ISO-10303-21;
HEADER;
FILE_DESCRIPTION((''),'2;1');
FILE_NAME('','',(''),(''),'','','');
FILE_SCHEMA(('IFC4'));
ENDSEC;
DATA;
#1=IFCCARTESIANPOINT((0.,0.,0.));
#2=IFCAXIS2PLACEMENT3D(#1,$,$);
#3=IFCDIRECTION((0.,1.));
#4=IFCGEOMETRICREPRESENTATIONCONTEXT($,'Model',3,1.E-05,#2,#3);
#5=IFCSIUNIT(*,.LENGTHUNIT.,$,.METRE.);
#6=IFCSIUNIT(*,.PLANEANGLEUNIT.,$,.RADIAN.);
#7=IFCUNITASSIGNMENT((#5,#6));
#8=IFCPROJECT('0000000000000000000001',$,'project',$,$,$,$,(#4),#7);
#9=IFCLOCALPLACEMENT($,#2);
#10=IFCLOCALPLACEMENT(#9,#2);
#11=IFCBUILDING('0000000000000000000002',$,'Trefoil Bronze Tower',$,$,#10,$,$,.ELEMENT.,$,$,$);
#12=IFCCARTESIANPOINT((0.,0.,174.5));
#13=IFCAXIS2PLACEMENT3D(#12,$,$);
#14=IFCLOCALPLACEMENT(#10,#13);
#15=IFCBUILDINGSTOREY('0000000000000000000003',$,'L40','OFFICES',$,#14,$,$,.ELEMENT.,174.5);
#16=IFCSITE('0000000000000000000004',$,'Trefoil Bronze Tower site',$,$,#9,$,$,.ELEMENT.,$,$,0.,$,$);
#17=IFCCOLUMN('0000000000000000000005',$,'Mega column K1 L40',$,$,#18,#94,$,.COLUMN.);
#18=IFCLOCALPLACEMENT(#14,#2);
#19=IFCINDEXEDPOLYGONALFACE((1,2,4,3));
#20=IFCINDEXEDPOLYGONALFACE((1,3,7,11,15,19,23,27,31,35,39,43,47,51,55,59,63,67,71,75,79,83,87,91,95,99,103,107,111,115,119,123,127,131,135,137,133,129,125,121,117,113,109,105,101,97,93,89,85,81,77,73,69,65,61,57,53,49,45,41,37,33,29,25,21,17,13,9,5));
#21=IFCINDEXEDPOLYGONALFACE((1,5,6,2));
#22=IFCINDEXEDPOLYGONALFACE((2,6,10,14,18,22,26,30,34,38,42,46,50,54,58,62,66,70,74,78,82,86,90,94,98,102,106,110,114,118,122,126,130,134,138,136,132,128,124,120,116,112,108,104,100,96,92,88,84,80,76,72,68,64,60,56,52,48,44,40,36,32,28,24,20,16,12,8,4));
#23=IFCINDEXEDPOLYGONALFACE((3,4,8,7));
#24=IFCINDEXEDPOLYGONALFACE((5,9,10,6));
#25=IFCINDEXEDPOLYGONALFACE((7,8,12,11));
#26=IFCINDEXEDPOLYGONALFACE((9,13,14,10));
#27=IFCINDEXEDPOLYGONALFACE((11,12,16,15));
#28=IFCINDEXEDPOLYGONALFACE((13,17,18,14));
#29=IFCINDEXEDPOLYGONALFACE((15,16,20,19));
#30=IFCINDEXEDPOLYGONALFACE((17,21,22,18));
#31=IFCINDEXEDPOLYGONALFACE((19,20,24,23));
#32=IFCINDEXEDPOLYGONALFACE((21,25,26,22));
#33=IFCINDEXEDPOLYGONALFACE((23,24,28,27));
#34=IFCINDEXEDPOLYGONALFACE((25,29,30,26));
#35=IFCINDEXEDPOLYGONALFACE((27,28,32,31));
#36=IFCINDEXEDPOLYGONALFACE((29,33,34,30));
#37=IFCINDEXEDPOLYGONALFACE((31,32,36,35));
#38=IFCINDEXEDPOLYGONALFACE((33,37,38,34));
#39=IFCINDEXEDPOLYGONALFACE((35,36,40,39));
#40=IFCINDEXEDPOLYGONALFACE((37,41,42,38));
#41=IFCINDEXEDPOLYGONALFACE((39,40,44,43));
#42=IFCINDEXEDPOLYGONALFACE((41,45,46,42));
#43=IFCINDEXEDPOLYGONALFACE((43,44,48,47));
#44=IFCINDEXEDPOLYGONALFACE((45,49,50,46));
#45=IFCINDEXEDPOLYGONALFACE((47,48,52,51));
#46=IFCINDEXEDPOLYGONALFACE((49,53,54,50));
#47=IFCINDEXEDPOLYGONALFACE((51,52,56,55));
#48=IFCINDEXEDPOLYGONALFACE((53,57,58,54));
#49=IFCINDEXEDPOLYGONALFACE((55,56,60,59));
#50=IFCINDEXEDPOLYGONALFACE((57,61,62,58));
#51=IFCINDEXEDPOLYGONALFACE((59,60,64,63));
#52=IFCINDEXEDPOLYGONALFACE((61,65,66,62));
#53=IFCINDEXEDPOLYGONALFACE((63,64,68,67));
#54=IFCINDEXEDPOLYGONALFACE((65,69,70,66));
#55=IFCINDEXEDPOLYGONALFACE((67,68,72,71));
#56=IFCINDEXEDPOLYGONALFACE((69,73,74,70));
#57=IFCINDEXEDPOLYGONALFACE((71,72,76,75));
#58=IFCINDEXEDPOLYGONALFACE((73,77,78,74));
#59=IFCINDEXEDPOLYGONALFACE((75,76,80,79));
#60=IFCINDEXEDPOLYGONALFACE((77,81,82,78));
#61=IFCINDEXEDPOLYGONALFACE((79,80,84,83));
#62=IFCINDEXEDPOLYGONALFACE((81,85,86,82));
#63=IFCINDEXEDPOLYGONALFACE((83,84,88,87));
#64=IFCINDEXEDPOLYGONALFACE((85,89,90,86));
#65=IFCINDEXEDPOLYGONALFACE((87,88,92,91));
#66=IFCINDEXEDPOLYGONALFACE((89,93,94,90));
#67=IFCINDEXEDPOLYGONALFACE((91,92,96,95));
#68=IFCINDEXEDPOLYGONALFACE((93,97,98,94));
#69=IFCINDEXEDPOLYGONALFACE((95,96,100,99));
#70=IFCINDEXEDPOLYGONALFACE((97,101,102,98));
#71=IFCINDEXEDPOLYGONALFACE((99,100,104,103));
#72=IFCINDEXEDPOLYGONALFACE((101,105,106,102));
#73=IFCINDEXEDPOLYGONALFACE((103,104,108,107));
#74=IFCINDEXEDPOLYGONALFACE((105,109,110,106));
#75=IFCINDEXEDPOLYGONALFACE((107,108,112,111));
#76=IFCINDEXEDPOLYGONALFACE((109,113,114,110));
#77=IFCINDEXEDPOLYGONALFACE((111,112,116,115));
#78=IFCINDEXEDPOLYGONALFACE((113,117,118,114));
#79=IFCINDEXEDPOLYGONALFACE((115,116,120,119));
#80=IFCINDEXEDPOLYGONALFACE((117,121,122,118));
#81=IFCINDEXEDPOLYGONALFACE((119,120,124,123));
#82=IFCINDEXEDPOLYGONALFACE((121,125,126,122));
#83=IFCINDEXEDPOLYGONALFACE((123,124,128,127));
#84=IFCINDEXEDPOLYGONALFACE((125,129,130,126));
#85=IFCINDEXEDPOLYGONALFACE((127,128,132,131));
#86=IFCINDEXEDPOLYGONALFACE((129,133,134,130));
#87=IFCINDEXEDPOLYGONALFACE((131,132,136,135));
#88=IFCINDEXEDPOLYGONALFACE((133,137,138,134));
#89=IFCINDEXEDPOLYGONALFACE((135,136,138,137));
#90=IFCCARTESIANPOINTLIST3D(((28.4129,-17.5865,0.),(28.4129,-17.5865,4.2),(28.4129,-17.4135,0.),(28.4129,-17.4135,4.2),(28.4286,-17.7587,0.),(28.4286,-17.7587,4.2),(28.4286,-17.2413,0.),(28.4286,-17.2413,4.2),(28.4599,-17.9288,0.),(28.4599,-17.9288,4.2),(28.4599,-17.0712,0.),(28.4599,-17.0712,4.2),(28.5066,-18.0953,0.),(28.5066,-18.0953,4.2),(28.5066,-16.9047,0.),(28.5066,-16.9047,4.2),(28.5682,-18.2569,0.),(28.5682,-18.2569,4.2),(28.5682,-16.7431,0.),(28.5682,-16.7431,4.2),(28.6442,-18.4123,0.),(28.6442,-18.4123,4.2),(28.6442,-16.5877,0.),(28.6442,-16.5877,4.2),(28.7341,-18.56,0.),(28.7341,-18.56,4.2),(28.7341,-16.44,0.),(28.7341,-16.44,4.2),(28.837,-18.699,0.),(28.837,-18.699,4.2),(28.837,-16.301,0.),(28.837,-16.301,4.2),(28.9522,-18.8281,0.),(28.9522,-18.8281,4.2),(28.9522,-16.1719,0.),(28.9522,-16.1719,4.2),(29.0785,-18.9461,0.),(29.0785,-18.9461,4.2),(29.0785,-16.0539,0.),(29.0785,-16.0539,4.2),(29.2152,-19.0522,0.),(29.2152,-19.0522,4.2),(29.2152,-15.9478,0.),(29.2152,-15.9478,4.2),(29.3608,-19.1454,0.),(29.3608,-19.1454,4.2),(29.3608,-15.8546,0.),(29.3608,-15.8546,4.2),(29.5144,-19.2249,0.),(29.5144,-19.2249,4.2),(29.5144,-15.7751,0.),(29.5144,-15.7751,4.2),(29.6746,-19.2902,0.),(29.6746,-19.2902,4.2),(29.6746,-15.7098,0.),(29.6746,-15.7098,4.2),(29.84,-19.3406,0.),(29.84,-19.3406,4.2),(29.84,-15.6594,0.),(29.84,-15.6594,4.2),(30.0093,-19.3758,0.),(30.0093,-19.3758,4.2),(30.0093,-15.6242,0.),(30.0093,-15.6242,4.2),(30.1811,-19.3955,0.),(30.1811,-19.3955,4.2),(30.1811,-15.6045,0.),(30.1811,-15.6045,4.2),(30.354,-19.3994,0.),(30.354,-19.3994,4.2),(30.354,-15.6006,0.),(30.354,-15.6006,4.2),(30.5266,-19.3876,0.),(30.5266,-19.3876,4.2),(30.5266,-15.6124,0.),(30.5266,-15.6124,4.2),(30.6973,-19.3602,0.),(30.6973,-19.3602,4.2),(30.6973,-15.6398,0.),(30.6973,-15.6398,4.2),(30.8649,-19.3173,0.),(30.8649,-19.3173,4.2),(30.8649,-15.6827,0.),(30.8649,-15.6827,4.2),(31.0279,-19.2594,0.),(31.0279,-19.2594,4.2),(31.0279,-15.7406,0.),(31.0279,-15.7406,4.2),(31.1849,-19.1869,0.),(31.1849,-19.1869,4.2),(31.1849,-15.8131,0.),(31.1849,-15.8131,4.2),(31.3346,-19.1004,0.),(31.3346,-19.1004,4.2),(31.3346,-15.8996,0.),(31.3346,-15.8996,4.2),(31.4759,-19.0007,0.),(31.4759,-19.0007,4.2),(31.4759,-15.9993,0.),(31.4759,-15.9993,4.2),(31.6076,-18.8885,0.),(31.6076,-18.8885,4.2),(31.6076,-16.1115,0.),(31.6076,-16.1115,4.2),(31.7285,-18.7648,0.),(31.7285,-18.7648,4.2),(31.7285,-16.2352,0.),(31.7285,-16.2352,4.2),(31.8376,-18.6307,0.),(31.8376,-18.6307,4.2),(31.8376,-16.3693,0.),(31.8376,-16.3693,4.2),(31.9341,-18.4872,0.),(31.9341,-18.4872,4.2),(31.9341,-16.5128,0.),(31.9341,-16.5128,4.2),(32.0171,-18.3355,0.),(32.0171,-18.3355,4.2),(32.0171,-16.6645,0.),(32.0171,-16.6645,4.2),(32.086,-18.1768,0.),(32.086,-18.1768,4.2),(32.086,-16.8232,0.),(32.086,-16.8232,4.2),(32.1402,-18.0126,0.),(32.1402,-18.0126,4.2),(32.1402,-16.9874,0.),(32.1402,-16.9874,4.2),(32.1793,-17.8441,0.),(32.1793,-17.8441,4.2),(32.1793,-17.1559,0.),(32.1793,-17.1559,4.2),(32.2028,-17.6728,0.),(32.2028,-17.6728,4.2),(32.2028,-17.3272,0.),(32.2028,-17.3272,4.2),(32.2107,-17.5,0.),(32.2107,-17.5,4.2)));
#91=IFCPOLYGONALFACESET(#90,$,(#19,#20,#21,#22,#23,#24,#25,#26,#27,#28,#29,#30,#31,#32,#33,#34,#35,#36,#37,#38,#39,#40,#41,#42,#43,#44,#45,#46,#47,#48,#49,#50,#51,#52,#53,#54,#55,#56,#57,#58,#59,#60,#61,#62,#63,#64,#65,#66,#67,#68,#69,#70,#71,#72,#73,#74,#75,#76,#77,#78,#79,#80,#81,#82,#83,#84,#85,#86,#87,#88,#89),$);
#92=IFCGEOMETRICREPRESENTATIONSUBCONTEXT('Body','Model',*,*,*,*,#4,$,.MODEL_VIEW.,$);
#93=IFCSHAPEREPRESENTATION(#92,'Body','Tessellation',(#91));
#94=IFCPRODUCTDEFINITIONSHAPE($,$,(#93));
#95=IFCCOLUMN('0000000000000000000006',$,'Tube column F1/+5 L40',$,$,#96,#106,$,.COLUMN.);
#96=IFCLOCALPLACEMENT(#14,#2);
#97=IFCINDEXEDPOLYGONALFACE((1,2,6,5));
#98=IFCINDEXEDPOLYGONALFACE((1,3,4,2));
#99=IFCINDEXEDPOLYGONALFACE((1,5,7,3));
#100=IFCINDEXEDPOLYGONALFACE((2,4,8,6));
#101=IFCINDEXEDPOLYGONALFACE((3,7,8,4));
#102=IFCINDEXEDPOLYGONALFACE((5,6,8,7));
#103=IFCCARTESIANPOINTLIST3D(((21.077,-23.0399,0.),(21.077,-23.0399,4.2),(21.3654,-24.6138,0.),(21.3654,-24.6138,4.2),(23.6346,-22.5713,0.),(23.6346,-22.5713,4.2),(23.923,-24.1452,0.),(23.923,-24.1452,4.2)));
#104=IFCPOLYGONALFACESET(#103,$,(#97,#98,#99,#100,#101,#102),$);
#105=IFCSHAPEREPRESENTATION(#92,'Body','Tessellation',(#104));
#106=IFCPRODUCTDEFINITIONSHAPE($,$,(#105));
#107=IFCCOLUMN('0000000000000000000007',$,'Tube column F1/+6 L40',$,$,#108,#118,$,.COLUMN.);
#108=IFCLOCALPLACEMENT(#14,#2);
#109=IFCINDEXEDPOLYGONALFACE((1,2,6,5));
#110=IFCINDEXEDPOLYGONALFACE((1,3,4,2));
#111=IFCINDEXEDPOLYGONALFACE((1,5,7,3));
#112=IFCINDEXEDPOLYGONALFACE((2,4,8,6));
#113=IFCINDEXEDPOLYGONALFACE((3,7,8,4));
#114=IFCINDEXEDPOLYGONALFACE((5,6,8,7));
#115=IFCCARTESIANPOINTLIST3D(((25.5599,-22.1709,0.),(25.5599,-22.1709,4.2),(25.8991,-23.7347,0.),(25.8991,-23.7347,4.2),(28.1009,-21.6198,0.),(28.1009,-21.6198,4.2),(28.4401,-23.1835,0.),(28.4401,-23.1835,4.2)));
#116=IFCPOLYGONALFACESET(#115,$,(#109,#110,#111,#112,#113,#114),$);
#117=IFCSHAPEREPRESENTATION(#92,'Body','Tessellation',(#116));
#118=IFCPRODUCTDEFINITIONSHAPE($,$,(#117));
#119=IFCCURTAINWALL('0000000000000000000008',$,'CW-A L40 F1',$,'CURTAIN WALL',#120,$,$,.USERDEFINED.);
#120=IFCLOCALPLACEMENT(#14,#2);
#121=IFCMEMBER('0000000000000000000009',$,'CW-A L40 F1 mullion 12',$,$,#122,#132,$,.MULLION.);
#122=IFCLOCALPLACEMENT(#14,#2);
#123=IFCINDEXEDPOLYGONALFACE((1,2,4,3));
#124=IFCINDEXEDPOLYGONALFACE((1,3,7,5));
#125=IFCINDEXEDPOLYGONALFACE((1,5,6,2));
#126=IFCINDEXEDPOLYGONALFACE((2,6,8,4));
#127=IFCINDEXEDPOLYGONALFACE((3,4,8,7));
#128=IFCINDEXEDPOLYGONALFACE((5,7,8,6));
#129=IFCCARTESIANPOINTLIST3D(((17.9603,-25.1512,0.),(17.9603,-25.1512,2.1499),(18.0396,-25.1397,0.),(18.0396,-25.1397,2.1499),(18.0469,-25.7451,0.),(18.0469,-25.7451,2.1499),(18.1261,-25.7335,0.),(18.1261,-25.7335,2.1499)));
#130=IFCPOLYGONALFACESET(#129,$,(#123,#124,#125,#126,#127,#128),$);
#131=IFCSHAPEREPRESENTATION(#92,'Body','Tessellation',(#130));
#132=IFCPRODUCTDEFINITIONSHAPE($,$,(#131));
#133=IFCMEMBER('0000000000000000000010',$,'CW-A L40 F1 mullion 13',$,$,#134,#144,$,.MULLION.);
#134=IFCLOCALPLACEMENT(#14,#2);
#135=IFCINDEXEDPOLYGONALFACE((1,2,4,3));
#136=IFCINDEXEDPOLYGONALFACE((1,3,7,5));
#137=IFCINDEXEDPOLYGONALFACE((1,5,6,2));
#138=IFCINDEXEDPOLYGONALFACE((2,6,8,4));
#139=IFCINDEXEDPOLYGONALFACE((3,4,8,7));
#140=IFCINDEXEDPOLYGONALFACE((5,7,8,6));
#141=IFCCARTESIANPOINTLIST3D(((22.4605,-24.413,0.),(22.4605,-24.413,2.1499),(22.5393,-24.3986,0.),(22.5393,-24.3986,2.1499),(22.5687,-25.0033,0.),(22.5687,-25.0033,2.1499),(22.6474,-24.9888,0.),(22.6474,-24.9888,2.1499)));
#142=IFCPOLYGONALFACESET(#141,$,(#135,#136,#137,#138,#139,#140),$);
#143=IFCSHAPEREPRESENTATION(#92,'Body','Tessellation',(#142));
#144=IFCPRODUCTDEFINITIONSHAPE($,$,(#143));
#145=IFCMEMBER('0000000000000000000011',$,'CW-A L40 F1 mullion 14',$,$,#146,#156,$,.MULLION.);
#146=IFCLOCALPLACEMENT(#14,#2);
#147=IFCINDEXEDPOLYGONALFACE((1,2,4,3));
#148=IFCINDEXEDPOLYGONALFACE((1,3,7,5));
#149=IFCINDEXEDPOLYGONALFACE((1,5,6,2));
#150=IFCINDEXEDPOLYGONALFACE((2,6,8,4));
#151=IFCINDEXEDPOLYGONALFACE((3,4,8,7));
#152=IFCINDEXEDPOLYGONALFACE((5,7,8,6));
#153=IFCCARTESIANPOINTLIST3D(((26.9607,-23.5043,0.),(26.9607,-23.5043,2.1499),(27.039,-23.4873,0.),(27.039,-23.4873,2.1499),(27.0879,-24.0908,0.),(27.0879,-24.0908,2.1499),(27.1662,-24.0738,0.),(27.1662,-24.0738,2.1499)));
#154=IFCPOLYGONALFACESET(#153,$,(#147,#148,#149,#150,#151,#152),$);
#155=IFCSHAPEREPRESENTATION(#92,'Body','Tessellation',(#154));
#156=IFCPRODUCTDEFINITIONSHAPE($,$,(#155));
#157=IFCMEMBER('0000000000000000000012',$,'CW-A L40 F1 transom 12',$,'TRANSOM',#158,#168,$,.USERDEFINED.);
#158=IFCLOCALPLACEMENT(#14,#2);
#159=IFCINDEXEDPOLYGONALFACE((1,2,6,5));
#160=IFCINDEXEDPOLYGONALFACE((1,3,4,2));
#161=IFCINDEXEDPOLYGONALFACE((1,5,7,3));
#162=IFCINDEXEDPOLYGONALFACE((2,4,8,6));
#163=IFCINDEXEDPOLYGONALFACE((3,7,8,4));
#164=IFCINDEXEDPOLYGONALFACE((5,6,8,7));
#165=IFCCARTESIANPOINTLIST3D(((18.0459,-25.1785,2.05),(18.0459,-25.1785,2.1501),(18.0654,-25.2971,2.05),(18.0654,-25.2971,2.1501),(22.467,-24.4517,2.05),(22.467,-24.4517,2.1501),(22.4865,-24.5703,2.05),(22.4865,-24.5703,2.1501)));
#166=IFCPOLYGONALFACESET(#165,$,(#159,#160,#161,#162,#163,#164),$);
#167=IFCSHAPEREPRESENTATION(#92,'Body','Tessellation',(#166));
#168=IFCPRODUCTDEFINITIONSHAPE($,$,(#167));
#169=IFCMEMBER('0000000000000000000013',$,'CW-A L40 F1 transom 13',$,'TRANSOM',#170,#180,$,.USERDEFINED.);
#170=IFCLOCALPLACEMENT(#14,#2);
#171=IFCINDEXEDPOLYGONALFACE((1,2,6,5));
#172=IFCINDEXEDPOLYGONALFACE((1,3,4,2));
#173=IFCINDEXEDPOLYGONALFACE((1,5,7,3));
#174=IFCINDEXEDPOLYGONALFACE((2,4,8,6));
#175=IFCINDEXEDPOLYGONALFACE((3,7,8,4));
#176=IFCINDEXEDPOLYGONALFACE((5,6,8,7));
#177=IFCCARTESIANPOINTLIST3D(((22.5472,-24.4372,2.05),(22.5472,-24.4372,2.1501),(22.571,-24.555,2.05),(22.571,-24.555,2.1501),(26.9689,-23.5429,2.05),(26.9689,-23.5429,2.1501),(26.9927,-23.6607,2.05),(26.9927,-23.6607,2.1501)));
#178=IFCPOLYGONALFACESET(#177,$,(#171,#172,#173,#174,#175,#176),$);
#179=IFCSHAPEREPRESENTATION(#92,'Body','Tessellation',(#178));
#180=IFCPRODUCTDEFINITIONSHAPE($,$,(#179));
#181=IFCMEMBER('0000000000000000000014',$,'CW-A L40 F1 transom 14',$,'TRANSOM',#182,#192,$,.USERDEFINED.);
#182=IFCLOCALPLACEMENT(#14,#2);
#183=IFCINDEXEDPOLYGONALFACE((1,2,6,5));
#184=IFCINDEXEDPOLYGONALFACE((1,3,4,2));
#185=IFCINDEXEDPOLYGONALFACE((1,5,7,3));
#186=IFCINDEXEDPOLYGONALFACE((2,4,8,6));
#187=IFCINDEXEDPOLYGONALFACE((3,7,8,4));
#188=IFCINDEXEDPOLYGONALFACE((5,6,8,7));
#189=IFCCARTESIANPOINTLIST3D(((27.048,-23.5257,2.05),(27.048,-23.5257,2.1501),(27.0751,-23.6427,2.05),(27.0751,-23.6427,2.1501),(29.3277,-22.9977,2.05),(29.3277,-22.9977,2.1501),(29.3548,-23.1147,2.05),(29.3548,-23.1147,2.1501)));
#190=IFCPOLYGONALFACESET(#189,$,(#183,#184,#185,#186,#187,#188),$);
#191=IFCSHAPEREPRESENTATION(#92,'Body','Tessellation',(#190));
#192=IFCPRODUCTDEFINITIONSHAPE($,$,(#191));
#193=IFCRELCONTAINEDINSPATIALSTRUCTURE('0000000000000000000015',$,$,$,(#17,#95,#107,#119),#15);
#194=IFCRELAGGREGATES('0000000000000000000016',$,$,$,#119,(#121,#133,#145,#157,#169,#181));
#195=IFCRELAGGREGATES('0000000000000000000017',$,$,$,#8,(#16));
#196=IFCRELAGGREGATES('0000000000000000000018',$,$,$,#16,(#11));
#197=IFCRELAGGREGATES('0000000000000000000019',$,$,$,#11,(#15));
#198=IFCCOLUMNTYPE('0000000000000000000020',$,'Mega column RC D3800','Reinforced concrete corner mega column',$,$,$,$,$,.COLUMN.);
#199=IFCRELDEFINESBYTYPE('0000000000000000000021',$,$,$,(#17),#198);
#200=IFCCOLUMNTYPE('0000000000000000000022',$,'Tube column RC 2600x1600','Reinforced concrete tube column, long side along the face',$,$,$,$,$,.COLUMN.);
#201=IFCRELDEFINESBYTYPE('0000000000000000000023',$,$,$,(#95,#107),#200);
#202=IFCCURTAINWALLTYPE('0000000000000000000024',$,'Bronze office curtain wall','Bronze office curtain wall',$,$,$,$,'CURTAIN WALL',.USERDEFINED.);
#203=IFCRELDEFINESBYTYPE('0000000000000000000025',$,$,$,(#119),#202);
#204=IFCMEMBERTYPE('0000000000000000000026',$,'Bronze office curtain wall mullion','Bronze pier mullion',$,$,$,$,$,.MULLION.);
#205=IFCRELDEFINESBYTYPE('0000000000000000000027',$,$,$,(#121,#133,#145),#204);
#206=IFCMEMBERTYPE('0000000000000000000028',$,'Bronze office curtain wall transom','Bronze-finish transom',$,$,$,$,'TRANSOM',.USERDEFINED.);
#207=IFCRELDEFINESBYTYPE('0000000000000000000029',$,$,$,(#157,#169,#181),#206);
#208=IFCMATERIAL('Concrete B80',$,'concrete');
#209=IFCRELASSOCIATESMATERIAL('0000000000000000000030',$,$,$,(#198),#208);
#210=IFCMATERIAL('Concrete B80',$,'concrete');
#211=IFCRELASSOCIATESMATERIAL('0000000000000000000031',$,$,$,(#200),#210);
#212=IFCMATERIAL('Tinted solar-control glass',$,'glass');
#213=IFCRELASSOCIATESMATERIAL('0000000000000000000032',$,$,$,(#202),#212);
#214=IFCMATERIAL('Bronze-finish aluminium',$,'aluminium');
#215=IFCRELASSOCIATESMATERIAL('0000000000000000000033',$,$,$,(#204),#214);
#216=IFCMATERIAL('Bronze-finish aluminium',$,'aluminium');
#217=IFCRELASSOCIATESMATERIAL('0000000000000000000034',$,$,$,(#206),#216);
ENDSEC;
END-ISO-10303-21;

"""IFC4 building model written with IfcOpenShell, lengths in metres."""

from ifc_helpers import new_model, si_unit, direction, frame, origin, origin_2d, place, context, subcontext, project, spatial, rectangle, circle, extrude, material, material_profile, profile_set, type_object, element, aggregate, save


model = new_model("IFC4")

# Units and contexts
model_context = context("Model", 3, precision=1e-05, world=origin(), true_north=direction((0.0, 1.0)))
body_context = subcontext(model_context, "Body", "Model", "MODEL_VIEW")
ifc_project = project(units=[si_unit("LENGTHUNIT", "METRE"), si_unit("PLANEANGLEUNIT", "RADIAN")], contexts=[model_context])

# Site, building, storey
site_placement = place(None, origin())
site = spatial("IfcSite", under=ifc_project, at=site_placement, Name="Trefoil Bronze Tower site", CompositionType="ELEMENT", RefElevation=0.0)
building_placement = place(site_placement, origin())
building = spatial("IfcBuilding", under=site, at=building_placement, Name="Trefoil Bronze Tower", CompositionType="ELEMENT")
storey_placement = place(building_placement, frame((0.0, 0.0, 174.5)))
storey = spatial("IfcBuildingStorey", under=building, at=storey_placement, Name="L40", Description="OFFICES", CompositionType="ELEMENT", Elevation=174.5)

# Columns
ifc_material_1 = material(Name="Concrete B80", Category="concrete")
ifc_material_profile_1 = material_profile(ifc_material_1, circle(Radius=1.8999, at=origin_2d()), Name="RC D3800")
ifc_profile_set_1 = profile_set([ifc_material_profile_1], Name="Concrete B80")
column_type_1 = type_object("IfcColumnType", Name="Mega column RC D3800", Description="Reinforced concrete corner mega column", PredefinedType="COLUMN", material=ifc_profile_set_1)
column_placement = place(storey_placement, frame((30.3108, -17.5, 0.0), z_axis=(0.0, 0.0, 1.0), x_axis=(1.0, 0.0, 0.0)))
element("IfcColumn", 1, at=column_placement, inside=storey, type_object=column_type_1, Name="Mega column K1 L40", PredefinedType="COLUMN", context=body_context, shape_type="SweptSolid", body=[
    extrude(circle(Radius=1.8999, at=origin_2d()), origin(), (0.0, 0.0, 1.0), 4.2),
])
ifc_material_2 = material(Name="Concrete B80", Category="concrete")
ifc_material_profile_2 = material_profile(ifc_material_2, rectangle(XDim=2.6001, YDim=1.6001, at=origin_2d()), Name="RC 2600x1600")
ifc_profile_set_2 = profile_set([ifc_material_profile_2], Name="Concrete B80")
column_type_2 = type_object("IfcColumnType", Name="Tube column RC 2600x1600", Description="Reinforced concrete tube column, long side along the face", PredefinedType="COLUMN", material=ifc_profile_set_2)
for number, where, z_axis, x_axis, name in (
    (2, (22.5, -23.5925, 0.0), (0.0, 0.0, 1.0), (0.983623, 0.180241, 0.0), "Tube column F1/+5 L40"),
    (3, (27.0, -22.6772, 0.0), (0.0, 0.0, 1.0), (0.977276, 0.21197, 0.0), "Tube column F1/+6 L40"),
):
    element("IfcColumn", number, at=place(storey_placement, frame(where, z_axis=z_axis, x_axis=x_axis)), inside=storey, type_object=column_type_2, Name=name, PredefinedType="COLUMN", context=body_context, shape_type="SweptSolid", body=[
        extrude(rectangle(XDim=2.6001, YDim=1.6001, at=origin_2d()), origin(), (0.0, 0.0, 1.0), 4.2),
    ])

# Curtain wall, members
ifc_material_3 = material(Name="Tinted solar-control glass", Category="glass")
curtain_wall_type_1 = type_object("IfcCurtainWallType", Name="Bronze office curtain wall", Description="Bronze office curtain wall", ElementType="CURTAIN WALL", PredefinedType="USERDEFINED", material=ifc_material_3)
curtain_wall_1_placement = place(storey_placement, origin())
curtain_wall_1 = element("IfcCurtainWall", 4, at=curtain_wall_1_placement, inside=storey, type_object=curtain_wall_type_1, Name="CW-A L40 F1", ObjectType="CURTAIN WALL", PredefinedType="USERDEFINED")
ifc_material_4 = material(Name="Bronze-finish aluminium", Category="aluminium")
ifc_material_profile_3 = material_profile(ifc_material_4, rectangle(XDim=0.6001, YDim=0.0801, at=origin_2d()), Name="CW-A mullion")
ifc_profile_set_3 = profile_set([ifc_material_profile_3], Name="Bronze-finish aluminium")
member_type_1 = type_object("IfcMemberType", Name="Bronze office curtain wall mullion", Description="Bronze pier mullion", PredefinedType="MULLION", material=ifc_profile_set_3)
member_1_placement = place(storey_placement, frame((18.0432, -25.4424, 0.0), z_axis=(0.0, 0.0, 1.0), x_axis=(-0.144192, 0.98955, 0.0)))
member_1 = element("IfcMember", 5, at=member_1_placement, type_object=member_type_1, Name="CW-A L40 F1 mullion 12", PredefinedType="MULLION", context=body_context, shape_type="SweptSolid", body=[
    extrude(rectangle(XDim=0.6001, YDim=0.0801, at=origin_2d()), origin(), (0.0, 0.0, 1.0), 2.1499),
])
member_2_placement = place(storey_placement, frame((22.554, -24.7009, 0.0), z_axis=(0.0, 0.0, 1.0), x_axis=(-0.180241, 0.983623, 0.0)))
member_2 = element("IfcMember", 6, at=member_2_placement, type_object=member_type_1, Name="CW-A L40 F1 mullion 13", PredefinedType="MULLION", context=body_context, shape_type="SweptSolid", body=[
    extrude(rectangle(XDim=0.6001, YDim=0.0801, at=origin_2d()), origin(), (0.0, 0.0, 1.0), 2.1499),
])
member_3_placement = place(storey_placement, frame((27.0635, -23.7891, 0.0), z_axis=(0.0, 0.0, 1.0), x_axis=(-0.21197, 0.977276, 0.0)))
member_3 = element("IfcMember", 7, at=member_3_placement, type_object=member_type_1, Name="CW-A L40 F1 mullion 14", PredefinedType="MULLION", context=body_context, shape_type="SweptSolid", body=[
    extrude(rectangle(XDim=0.6001, YDim=0.0801, at=origin_2d()), origin(), (0.0, 0.0, 1.0), 2.1499),
])
ifc_material_5 = material(Name="Bronze-finish aluminium", Category="aluminium")
ifc_material_profile_4 = material_profile(ifc_material_5, rectangle(XDim=0.1201, YDim=0.1001, at=origin_2d()), Name="CW-A transom")
ifc_profile_set_4 = profile_set([ifc_material_profile_4], Name="Bronze-finish aluminium")
member_type_2 = type_object("IfcMemberType", Name="Bronze office curtain wall transom", Description="Bronze-finish transom", ElementType="TRANSOM", PredefinedType="USERDEFINED", material=ifc_profile_set_4)
member_4_placement = place(storey_placement, frame((18.0557, -25.2378, 2.1001), z_axis=(0.986755, 0.162216, 0.0), x_axis=(-0.162216, 0.986755, 0.0)))
member_4 = element("IfcMember", 8, at=member_4_placement, type_object=member_type_2, Name="CW-A L40 F1 transom 12", ObjectType="TRANSOM", PredefinedType="USERDEFINED", context=body_context, shape_type="SweptSolid", body=[
    extrude(rectangle(XDim=0.1201, YDim=0.1001, at=origin_2d()), origin(), (0.0, 0.0, 1.0), 4.4805),
])
member_5_placement = place(storey_placement, frame((22.5591, -24.4961, 2.1001), z_axis=(0.980154, 0.198239, 0.0), x_axis=(-0.198239, 0.980154, 0.0)))
member_5 = element("IfcMember", 9, at=member_5_placement, type_object=member_type_2, Name="CW-A L40 F1 transom 13", ObjectType="TRANSOM", PredefinedType="USERDEFINED", context=body_context, shape_type="SweptSolid", body=[
    extrude(rectangle(XDim=0.1201, YDim=0.1001, at=origin_2d()), origin(), (0.0, 0.0, 1.0), 4.5112),
])
member_6_placement = place(storey_placement, frame((27.0615, -23.5842, 2.1001), z_axis=(0.974206, 0.225659, 0.0), x_axis=(-0.225659, 0.974206, 0.0)))
member_6 = element("IfcMember", 10, at=member_6_placement, type_object=member_type_2, Name="CW-A L40 F1 transom 14", ObjectType="TRANSOM", PredefinedType="USERDEFINED", context=body_context, shape_type="SweptSolid", body=[
    extrude(rectangle(XDim=0.1201, YDim=0.1001, at=origin_2d()), origin(), (0.0, 0.0, 1.0), 2.3401),
])

aggregate(curtain_wall_1, [member_1, member_2, member_3, member_4, member_5, member_6])

save(model, "model.ifc")
